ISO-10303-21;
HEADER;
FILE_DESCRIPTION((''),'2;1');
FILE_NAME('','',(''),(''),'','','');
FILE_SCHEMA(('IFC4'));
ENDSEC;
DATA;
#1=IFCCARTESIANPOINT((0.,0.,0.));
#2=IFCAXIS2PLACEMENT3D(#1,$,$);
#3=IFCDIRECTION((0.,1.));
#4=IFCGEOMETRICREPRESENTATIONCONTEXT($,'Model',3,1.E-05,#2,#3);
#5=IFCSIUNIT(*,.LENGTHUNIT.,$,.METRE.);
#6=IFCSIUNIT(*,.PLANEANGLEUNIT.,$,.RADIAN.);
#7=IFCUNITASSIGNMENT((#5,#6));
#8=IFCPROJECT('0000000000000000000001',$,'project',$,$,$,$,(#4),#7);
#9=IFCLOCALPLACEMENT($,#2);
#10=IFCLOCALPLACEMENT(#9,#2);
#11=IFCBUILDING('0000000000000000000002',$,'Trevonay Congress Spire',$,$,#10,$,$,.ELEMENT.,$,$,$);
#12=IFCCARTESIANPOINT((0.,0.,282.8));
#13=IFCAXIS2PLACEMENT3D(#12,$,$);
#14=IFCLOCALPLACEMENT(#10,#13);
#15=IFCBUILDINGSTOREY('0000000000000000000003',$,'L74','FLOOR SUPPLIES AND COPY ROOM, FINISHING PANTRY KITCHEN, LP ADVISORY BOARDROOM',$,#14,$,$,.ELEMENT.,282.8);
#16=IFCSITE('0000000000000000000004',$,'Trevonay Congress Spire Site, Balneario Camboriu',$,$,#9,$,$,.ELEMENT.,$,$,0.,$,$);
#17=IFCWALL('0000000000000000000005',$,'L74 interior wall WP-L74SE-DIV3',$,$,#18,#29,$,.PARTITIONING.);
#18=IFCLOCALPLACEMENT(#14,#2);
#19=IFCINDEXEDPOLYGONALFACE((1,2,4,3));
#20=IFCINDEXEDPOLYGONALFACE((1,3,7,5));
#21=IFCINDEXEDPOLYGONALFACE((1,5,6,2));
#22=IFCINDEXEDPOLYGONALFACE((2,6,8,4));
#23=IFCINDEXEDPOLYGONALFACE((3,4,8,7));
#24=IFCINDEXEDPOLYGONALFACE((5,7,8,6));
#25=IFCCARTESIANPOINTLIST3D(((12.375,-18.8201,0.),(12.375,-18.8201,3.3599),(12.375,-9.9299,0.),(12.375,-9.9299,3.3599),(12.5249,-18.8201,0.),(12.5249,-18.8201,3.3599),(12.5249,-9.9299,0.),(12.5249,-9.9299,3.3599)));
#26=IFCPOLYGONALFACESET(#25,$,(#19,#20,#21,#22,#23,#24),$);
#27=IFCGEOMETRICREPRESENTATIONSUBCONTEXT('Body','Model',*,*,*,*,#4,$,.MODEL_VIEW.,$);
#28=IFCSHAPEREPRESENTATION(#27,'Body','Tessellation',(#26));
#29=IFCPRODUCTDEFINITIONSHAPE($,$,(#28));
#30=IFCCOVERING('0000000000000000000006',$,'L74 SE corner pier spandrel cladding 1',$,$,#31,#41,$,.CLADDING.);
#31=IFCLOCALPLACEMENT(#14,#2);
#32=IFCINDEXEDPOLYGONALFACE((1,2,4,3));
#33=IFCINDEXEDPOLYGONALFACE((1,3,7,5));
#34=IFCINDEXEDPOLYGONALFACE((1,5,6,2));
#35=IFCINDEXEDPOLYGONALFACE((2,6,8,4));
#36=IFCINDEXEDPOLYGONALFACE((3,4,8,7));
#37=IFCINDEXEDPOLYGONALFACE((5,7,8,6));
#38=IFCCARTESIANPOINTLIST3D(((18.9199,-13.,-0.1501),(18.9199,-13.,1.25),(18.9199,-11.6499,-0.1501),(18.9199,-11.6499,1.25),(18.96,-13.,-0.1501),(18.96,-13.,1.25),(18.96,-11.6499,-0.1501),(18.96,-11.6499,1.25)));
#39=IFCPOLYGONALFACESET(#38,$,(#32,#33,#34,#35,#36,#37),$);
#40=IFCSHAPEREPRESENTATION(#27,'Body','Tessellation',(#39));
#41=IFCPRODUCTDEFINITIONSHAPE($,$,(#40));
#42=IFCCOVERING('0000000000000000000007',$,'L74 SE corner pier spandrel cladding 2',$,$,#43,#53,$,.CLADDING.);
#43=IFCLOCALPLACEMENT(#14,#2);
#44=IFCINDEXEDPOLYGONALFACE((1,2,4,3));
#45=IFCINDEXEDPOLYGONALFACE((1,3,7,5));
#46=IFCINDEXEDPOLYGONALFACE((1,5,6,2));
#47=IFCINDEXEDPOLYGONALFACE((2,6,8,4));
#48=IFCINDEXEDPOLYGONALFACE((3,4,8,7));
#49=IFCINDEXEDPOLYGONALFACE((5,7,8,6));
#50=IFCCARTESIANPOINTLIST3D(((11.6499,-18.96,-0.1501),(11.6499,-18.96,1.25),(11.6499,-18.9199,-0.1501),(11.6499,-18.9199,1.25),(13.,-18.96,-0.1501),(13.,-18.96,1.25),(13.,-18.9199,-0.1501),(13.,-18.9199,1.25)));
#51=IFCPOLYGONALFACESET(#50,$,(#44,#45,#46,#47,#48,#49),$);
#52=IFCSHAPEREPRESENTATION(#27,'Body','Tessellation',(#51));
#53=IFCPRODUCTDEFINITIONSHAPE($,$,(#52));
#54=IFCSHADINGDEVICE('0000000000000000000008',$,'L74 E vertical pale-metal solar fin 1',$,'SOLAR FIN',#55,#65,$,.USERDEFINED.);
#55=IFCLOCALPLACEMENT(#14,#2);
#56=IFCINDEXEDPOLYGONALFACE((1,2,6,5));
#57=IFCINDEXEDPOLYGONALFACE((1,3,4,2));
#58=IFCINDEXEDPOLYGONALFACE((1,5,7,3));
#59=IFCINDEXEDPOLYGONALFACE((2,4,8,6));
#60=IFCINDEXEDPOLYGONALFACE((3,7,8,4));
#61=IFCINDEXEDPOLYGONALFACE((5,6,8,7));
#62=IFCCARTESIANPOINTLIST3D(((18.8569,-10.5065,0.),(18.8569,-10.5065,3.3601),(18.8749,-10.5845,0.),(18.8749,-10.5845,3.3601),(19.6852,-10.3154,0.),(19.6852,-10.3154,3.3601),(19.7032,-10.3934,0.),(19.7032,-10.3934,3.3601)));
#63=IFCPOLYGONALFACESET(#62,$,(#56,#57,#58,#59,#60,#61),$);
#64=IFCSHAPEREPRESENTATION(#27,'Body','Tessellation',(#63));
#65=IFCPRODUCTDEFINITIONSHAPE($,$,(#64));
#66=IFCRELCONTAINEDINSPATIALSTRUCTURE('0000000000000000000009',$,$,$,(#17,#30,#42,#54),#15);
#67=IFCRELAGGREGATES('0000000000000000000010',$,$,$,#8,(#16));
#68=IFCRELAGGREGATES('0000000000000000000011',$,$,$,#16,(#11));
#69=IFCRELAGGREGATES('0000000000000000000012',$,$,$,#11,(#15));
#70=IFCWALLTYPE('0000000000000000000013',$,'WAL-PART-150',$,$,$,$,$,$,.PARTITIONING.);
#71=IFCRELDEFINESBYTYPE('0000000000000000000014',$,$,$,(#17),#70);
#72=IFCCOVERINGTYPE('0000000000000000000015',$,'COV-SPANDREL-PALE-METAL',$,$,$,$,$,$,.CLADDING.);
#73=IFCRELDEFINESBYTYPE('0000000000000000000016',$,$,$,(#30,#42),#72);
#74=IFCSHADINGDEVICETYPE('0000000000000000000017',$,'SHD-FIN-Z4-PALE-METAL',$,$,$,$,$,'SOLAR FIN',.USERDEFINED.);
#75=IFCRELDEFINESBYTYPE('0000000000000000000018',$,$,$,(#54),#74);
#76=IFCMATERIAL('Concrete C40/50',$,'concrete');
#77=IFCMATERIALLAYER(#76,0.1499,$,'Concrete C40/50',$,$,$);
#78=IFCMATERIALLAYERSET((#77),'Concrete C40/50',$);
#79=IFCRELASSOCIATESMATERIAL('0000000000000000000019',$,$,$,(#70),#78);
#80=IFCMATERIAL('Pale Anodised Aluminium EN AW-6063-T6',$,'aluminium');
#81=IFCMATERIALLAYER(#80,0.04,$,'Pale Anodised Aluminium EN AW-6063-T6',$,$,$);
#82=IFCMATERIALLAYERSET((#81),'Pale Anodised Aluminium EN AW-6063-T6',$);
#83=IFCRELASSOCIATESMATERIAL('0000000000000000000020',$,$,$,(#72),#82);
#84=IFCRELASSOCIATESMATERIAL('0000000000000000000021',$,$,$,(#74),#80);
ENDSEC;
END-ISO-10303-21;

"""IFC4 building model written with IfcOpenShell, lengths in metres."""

from ifc_helpers import new_model, si_unit, direction, frame, frame_2d, origin, origin_2d, place, context, subcontext, project, spatial, rectangle, extrude, material, layer, layer_set, type_object, element, save


model = new_model("IFC4")

# Units and contexts
model_context = context("Model", 3, precision=1e-05, world=origin(), true_north=direction((0.0, 1.0)))
body_context = subcontext(model_context, "Body", "Model", "MODEL_VIEW")
ifc_project = project(units=[si_unit("LENGTHUNIT", "METRE"), si_unit("PLANEANGLEUNIT", "RADIAN")], contexts=[model_context])

# Site, building, storey
site_placement = place(None, origin())
site = spatial("IfcSite", under=ifc_project, at=site_placement, Name="Trevonay Congress Spire Site, Balneario Camboriu", CompositionType="ELEMENT", RefElevation=0.0)
building_placement = place(site_placement, origin())
building = spatial("IfcBuilding", under=site, at=building_placement, Name="Trevonay Congress Spire", CompositionType="ELEMENT")
storey_placement = place(building_placement, frame((0.0, 0.0, 282.8)))
storey = spatial("IfcBuildingStorey", under=building, at=storey_placement, Name="L74", Description="FLOOR SUPPLIES AND COPY ROOM, FINISHING PANTRY KITCHEN, LP ADVISORY BOARDROOM", CompositionType="ELEMENT", Elevation=282.8)

# Shared definitions
ifc_material_1 = material(Name="Pale Anodised Aluminium EN AW-6063-T6", Category="aluminium")

# Wall
ifc_material_2 = material(Name="Concrete C40/50", Category="concrete")
ifc_layer_1 = layer(ifc_material_2, 0.1499, Name="Concrete C40/50")
ifc_layer_set_1 = layer_set([ifc_layer_1], Name="Concrete C40/50")
wall_type_1 = type_object("IfcWallType", Name="WAL-PART-150", PredefinedType="PARTITIONING", material=ifc_layer_set_1)
wall_1_placement = place(storey_placement, frame((12.45, -18.8201, 0.0), z_axis=(0.0, 0.0, 1.0), x_axis=(0.0, 1.0, 0.0)))
element("IfcWall", 1, at=wall_1_placement, inside=storey, type_object=wall_type_1, Name="L74 interior wall WP-L74SE-DIV3", PredefinedType="PARTITIONING", context=body_context, shape_type="SweptSolid", body=[
    extrude(rectangle(XDim=8.8901, YDim=0.1499, at=frame_2d((4.4451, 0.0))), origin(), (0.0, 0.0, 1.0), 3.3599),
])

# Coverings
ifc_layer_2 = layer(ifc_material_1, 0.04, Name="Pale Anodised Aluminium EN AW-6063-T6")
ifc_layer_set_2 = layer_set([ifc_layer_2], Name="Pale Anodised Aluminium EN AW-6063-T6")
covering_type = type_object("IfcCoveringType", Name="COV-SPANDREL-PALE-METAL", PredefinedType="CLADDING", material=ifc_layer_set_2)
for number, where, z_axis, x_axis, name in (
    (2, (18.9399, -11.6499, -0.1501), (0.0, 0.0, 1.0), (0.0, -1.0, 0.0), "L74 SE corner pier spandrel cladding 1"),
    (3, (11.6499, -18.9399, -0.1501), (0.0, 0.0, 1.0), (1.0, 0.0, 0.0), "L74 SE corner pier spandrel cladding 2"),
):
    element("IfcCovering", number, at=place(storey_placement, frame(where, z_axis=z_axis, x_axis=x_axis)), inside=storey, type_object=covering_type, Name=name, PredefinedType="CLADDING", context=body_context, shape_type="SweptSolid", body=[
        extrude(rectangle(XDim=1.3501, YDim=0.04, at=frame_2d((0.675, 0.0))), origin(), (0.0, 0.0, 1.0), 1.4001),
    ])

# Shading device
shading_device_type = type_object("IfcShadingDeviceType", Name="SHD-FIN-Z4-PALE-METAL", ElementType="SOLAR FIN", PredefinedType="USERDEFINED", material=ifc_material_1)
shading_device_placement = place(storey_placement, frame((19.28, -10.45, 0.0), z_axis=(0.0, 0.0, 1.0), x_axis=(-0.224781, 0.974409, 0.0)))
element("IfcShadingDevice", 4, at=shading_device_placement, inside=storey, type_object=shading_device_type, Name="L74 E vertical pale-metal solar fin 1", ObjectType="SOLAR FIN", PredefinedType="USERDEFINED", context=body_context, shape_type="SweptSolid", body=[
    extrude(rectangle(XDim=0.0801, YDim=0.8501, at=origin_2d()), origin(), (0.0, 0.0, 1.0), 3.3601),
])

save(model, "model.ifc")
